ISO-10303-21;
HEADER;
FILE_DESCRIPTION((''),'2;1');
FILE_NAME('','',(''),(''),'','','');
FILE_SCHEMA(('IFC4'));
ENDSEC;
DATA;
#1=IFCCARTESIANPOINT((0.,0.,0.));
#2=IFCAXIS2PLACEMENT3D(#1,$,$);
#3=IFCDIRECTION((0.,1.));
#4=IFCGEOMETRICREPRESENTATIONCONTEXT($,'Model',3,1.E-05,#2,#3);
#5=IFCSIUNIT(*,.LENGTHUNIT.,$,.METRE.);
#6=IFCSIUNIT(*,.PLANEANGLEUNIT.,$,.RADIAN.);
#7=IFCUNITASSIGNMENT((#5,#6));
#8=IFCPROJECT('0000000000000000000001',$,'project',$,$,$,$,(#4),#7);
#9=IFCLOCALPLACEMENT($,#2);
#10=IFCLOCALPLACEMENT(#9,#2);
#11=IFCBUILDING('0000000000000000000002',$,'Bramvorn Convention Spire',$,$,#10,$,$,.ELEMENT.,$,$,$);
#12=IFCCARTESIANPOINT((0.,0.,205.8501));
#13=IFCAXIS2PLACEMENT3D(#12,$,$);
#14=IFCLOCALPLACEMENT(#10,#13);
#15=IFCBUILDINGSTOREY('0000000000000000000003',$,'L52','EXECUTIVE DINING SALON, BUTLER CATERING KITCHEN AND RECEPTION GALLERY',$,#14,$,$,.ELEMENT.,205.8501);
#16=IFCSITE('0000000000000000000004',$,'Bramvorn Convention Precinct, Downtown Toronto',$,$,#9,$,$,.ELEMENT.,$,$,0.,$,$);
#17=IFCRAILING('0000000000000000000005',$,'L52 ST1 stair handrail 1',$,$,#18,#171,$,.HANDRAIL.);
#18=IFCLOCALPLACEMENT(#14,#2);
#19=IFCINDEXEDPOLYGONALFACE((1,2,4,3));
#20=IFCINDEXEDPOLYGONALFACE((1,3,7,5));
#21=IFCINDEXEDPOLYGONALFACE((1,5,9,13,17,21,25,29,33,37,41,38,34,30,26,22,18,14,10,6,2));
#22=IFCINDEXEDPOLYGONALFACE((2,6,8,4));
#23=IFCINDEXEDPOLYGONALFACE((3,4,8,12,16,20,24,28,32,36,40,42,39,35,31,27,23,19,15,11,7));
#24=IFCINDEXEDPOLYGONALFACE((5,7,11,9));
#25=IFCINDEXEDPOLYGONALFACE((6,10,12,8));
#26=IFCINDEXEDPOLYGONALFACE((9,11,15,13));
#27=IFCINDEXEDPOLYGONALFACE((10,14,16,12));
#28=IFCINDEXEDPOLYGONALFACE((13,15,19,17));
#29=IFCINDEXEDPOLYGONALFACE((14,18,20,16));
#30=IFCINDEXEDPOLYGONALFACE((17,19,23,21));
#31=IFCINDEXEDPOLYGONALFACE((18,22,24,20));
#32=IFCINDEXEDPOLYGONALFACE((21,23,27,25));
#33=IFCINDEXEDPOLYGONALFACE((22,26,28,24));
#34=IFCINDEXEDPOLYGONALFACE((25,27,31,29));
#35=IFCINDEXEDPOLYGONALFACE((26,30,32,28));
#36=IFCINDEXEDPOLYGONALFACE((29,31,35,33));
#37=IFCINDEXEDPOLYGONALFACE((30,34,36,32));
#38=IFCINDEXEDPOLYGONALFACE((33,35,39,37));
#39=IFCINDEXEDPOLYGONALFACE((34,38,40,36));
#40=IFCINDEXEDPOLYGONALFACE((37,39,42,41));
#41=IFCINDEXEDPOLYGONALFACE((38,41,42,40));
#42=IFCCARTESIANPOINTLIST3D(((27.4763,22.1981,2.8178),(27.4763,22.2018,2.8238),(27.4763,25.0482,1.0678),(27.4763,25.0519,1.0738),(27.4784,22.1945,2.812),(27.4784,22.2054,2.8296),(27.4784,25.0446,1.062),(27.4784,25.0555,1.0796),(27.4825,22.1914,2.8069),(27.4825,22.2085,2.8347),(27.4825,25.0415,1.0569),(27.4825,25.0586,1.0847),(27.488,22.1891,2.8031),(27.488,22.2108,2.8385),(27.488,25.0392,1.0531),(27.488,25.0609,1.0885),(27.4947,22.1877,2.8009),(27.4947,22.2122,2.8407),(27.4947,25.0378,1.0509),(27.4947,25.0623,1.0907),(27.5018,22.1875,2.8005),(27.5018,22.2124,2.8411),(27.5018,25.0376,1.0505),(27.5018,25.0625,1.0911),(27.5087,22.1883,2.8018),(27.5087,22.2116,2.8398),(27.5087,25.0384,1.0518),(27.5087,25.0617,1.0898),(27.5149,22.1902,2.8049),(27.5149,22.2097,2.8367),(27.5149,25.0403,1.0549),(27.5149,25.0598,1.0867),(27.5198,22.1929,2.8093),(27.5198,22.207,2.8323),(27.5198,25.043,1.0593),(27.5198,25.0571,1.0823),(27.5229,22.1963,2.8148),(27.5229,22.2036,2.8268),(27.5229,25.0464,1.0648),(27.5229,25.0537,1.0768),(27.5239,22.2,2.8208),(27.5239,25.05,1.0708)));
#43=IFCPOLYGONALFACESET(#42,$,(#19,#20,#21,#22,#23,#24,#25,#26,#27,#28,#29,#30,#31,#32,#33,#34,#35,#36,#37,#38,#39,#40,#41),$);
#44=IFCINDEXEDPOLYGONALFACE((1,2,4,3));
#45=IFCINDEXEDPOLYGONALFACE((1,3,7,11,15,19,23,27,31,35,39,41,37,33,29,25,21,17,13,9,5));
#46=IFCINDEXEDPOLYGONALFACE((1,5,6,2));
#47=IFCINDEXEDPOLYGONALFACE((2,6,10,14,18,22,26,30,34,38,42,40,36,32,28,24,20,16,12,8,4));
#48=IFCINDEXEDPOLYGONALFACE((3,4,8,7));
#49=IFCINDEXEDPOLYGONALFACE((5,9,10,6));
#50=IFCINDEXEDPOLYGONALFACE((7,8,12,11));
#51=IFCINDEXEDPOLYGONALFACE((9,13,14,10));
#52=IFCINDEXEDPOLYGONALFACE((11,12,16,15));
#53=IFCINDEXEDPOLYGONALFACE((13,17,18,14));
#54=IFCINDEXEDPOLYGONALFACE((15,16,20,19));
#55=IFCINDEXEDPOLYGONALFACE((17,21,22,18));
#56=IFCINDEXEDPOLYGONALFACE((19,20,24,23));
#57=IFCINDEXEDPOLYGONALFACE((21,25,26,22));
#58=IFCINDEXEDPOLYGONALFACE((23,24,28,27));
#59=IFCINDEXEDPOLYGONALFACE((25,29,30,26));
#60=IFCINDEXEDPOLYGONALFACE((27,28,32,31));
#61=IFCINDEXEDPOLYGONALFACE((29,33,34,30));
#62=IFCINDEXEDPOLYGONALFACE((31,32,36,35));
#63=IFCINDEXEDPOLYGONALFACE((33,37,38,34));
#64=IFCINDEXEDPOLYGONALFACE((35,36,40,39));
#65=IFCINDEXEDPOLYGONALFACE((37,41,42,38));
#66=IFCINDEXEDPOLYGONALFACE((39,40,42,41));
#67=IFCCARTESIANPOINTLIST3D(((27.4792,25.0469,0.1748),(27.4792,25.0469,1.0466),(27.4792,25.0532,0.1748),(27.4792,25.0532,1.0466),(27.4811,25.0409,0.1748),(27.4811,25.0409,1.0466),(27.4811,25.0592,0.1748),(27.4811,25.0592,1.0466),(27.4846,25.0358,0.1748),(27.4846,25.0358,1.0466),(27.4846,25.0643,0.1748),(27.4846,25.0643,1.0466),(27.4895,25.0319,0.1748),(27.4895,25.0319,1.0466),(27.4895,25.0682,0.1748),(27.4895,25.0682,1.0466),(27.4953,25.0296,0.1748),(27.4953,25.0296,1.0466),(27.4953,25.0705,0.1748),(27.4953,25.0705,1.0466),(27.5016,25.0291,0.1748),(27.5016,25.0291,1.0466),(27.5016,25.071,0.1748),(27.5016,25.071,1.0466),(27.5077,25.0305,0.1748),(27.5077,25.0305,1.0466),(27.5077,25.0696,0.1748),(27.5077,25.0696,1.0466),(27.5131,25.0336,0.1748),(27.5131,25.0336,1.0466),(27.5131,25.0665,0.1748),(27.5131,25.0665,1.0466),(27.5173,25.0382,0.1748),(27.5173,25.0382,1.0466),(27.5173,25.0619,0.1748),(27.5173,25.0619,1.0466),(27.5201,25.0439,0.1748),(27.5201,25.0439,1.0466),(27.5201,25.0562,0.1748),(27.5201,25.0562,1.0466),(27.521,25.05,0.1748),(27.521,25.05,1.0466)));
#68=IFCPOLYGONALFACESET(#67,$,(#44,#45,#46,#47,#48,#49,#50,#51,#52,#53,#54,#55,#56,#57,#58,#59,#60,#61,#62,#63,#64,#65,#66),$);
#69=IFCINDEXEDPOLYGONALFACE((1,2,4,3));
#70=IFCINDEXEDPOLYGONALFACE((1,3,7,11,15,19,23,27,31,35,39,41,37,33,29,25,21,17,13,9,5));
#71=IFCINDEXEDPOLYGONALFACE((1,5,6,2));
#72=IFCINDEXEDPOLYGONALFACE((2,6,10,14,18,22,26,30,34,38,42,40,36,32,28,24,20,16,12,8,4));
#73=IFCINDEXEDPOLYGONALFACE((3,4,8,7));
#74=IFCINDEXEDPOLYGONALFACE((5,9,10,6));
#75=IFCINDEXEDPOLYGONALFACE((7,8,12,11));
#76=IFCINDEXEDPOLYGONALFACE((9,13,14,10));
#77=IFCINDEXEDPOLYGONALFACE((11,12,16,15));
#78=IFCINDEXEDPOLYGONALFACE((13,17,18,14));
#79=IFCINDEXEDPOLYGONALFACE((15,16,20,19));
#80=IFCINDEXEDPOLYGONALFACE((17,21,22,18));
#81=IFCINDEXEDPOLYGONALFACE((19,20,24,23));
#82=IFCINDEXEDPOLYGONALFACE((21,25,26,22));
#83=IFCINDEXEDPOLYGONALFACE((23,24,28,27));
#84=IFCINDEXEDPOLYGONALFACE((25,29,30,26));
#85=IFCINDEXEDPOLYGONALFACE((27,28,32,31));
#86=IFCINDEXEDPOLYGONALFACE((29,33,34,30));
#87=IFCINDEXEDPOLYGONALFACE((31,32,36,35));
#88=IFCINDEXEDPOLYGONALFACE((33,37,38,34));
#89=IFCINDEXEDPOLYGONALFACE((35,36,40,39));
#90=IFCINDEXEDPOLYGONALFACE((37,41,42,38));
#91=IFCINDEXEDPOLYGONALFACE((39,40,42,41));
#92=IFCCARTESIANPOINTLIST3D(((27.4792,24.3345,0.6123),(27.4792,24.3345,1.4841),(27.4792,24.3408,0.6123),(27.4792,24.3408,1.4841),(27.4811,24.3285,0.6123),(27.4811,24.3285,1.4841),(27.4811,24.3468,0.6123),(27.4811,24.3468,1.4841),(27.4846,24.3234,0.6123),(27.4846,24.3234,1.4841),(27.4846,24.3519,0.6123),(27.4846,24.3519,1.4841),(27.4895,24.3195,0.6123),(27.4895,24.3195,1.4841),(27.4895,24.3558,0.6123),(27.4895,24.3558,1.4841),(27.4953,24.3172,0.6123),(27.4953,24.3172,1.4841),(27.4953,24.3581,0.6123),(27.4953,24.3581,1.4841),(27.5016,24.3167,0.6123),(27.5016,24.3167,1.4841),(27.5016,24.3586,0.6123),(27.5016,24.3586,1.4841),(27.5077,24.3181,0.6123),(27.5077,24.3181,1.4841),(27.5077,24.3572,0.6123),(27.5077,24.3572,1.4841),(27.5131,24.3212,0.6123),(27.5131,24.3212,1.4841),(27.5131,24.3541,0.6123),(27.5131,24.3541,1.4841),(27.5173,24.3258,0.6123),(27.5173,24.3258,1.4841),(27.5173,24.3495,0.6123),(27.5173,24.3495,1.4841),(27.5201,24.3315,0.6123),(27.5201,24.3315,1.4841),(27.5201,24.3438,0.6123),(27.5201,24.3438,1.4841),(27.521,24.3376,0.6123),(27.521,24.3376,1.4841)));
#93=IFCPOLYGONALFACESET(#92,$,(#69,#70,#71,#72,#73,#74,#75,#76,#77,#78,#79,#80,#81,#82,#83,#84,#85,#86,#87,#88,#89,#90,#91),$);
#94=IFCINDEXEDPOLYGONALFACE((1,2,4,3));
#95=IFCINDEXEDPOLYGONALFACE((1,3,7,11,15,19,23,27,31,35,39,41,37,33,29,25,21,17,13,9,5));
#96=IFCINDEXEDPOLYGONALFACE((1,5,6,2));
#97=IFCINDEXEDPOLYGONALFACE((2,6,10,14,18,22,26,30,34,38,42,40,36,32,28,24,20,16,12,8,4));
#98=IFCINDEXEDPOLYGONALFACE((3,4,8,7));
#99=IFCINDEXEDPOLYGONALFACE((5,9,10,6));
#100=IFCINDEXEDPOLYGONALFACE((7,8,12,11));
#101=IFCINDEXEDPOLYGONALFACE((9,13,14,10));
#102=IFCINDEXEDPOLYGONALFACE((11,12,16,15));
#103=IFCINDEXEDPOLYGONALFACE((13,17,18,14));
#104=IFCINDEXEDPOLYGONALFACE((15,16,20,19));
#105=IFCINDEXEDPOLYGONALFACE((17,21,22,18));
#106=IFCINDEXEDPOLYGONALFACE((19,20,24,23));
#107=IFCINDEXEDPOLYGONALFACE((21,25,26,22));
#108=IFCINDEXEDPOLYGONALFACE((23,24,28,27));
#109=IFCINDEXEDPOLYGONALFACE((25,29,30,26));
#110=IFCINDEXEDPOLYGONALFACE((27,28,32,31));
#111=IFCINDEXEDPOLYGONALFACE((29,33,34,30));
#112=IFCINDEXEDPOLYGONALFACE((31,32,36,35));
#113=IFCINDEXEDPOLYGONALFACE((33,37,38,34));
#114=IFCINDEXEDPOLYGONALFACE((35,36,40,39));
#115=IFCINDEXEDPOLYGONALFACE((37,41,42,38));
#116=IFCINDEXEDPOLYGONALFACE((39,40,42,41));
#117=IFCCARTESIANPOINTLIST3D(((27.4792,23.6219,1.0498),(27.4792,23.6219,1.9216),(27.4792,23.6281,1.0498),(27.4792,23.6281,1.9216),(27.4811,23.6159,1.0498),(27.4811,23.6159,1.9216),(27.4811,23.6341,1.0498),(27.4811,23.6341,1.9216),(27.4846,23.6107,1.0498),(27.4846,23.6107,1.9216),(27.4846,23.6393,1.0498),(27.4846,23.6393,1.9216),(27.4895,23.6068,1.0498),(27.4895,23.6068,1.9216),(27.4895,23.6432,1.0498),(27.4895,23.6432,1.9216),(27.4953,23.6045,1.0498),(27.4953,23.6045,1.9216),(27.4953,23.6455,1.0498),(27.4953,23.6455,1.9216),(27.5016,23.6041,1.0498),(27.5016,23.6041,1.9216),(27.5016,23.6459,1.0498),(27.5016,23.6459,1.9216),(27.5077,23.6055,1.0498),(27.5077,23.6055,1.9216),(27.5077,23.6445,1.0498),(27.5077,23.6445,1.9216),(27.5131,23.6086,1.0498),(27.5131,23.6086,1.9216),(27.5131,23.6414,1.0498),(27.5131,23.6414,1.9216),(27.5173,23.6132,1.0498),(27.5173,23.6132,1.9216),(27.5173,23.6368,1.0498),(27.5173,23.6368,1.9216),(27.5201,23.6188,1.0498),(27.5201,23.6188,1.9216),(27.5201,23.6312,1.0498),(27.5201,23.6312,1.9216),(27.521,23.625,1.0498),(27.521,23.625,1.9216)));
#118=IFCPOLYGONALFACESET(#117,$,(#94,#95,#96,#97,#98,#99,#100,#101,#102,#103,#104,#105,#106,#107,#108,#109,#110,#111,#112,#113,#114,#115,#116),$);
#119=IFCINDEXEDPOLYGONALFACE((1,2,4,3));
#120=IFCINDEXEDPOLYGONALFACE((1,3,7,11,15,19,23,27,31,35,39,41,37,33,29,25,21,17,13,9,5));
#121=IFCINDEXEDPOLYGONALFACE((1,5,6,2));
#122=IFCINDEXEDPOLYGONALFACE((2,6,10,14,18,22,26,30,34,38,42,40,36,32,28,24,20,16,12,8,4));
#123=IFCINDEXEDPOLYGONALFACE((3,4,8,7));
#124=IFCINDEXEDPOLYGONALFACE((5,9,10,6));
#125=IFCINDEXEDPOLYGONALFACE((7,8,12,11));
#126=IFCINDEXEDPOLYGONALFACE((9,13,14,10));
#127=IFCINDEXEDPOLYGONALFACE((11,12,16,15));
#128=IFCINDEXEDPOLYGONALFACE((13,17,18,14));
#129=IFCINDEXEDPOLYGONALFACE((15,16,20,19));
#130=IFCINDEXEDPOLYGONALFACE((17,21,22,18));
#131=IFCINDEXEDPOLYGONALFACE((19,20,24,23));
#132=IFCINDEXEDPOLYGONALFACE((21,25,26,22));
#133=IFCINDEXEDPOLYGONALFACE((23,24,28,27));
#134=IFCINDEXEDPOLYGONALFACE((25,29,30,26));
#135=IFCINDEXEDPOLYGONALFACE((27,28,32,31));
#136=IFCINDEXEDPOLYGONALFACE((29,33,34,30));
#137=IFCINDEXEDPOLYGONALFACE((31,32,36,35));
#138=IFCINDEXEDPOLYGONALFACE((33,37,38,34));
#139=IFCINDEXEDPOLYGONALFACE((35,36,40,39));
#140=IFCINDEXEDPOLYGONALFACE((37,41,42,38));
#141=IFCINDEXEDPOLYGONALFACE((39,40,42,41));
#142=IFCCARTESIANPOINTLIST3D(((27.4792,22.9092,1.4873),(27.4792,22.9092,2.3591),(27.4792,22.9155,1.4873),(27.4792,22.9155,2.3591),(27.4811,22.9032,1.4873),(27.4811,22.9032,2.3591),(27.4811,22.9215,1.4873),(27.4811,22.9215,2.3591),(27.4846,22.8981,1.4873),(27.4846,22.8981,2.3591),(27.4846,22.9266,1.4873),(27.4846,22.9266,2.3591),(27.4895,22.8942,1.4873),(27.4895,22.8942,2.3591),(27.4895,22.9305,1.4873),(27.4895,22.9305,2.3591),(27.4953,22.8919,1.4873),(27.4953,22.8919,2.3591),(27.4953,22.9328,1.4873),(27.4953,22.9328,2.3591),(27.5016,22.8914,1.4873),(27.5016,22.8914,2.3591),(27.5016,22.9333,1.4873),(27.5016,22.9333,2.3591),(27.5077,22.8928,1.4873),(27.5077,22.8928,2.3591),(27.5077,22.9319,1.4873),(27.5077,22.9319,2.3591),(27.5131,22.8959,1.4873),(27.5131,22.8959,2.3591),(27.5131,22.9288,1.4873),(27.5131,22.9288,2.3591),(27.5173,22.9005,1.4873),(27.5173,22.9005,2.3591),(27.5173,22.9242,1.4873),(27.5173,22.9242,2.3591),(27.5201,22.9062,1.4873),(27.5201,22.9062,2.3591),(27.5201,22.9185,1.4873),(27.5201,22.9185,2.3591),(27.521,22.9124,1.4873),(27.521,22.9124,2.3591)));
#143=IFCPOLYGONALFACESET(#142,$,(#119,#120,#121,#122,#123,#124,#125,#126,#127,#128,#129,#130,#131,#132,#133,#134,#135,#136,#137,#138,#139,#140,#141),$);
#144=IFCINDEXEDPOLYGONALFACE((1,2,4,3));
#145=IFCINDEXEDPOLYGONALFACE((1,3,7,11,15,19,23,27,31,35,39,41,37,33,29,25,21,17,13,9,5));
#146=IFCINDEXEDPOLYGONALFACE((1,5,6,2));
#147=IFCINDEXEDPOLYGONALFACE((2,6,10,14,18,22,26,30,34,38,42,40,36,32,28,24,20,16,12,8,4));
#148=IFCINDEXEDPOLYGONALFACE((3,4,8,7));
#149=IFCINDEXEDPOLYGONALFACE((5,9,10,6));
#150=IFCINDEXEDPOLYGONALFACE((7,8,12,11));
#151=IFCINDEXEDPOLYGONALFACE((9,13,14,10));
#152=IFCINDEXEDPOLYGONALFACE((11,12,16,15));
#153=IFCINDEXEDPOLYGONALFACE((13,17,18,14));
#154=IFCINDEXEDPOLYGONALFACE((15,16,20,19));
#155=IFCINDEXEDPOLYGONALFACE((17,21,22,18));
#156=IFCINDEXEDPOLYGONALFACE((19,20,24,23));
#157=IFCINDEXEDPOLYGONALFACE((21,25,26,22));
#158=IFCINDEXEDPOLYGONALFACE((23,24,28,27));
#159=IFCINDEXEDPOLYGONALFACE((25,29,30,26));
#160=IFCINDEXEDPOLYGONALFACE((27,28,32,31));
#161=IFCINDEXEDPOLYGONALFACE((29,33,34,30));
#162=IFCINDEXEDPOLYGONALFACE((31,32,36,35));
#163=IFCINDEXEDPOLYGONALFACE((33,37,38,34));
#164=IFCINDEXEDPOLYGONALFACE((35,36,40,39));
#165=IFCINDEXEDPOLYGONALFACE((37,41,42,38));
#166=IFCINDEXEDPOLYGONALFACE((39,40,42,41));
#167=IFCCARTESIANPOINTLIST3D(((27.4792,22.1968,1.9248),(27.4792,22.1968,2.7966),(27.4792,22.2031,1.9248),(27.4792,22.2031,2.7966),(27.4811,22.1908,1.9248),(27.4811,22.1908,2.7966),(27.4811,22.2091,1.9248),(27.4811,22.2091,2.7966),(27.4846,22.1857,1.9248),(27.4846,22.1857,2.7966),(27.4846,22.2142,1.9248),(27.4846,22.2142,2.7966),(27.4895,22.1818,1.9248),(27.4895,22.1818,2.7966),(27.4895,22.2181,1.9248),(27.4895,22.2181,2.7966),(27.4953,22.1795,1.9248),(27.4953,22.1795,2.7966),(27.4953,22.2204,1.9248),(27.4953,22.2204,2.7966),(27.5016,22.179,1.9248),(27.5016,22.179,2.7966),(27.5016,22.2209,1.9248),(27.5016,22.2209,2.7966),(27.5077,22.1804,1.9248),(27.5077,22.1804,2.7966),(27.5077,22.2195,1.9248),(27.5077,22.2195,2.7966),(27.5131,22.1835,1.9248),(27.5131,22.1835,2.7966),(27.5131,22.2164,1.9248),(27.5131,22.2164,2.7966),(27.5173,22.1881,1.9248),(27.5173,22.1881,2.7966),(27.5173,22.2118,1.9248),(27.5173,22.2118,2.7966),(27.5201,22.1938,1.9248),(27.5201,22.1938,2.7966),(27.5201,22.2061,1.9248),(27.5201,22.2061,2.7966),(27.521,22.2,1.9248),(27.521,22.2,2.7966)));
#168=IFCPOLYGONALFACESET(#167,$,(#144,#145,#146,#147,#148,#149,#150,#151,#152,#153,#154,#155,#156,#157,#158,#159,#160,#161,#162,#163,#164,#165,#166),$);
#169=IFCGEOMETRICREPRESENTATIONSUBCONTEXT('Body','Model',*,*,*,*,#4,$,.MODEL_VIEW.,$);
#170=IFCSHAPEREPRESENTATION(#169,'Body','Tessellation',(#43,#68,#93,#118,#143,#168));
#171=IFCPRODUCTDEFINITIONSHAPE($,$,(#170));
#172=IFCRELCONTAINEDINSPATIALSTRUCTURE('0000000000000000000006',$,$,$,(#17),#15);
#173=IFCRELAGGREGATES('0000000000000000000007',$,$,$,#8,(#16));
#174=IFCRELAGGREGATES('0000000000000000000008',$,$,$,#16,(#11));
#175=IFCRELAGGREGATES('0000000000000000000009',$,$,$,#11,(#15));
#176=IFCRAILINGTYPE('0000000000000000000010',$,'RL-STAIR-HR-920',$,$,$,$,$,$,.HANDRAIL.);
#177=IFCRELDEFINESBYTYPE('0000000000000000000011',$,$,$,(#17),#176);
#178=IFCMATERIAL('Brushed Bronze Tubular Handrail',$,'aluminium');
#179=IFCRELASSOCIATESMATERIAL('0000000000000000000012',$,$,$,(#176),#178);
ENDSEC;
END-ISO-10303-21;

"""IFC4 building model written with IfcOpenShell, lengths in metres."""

from ifc_helpers import new_model, si_unit, direction, frame, origin, origin_2d, place, context, subcontext, project, spatial, circle, extrude, material, type_object, element, save


model = new_model("IFC4")

# Units and contexts
model_context = context("Model", 3, precision=1e-05, world=origin(), true_north=direction((0.0, 1.0)))
body_context = subcontext(model_context, "Body", "Model", "MODEL_VIEW")
ifc_project = project(units=[si_unit("LENGTHUNIT", "METRE"), si_unit("PLANEANGLEUNIT", "RADIAN")], contexts=[model_context])

# Site, building, storey
site_placement = place(None, origin())
site = spatial("IfcSite", under=ifc_project, at=site_placement, Name="Bramvorn Convention Precinct, Downtown Toronto", CompositionType="ELEMENT", RefElevation=0.0)
building_placement = place(site_placement, origin())
building = spatial("IfcBuilding", under=site, at=building_placement, Name="Bramvorn Convention Spire", CompositionType="ELEMENT")
storey_placement = place(building_placement, frame((0.0, 0.0, 205.8501)))
storey = spatial("IfcBuildingStorey", under=building, at=storey_placement, Name="L52", Description="EXECUTIVE DINING SALON, BUTLER CATERING KITCHEN AND RECEPTION GALLERY", CompositionType="ELEMENT", Elevation=205.8501)

# Railing
ifc_material_1 = material(Name="Brushed Bronze Tubular Handrail", Category="aluminium")
railing_type_1 = type_object("IfcRailingType", Name="RL-STAIR-HR-920", PredefinedType="HANDRAIL", material=ifc_material_1)
railing_1_placement = place(storey_placement, frame((27.5, 25.05, 0.1748)))
element("IfcRailing", 1, at=railing_1_placement, inside=storey, type_object=railing_type_1, Name="L52 ST1 stair handrail 1", PredefinedType="HANDRAIL", context=body_context, shape_type="SweptSolid", body=[
    extrude(circle(Radius=0.0239, at=origin_2d()), frame((0.0, 0.0, 0.896), z_axis=(0.0, -0.852179, 0.52325), x_axis=(1.0, 0.0, 0.0)), (0.0, 0.0, 1.0), 3.3445),
    extrude(circle(Radius=0.021, at=origin_2d()), origin(), (0.0, 0.0, 1.0), 0.8718),
    extrude(circle(Radius=0.021, at=origin_2d()), frame((0.0, -0.7124, 0.4375)), (0.0, 0.0, 1.0), 0.8718),
    extrude(circle(Radius=0.021, at=origin_2d()), frame((0.0, -1.425, 0.875)), (0.0, 0.0, 1.0), 0.8718),
    extrude(circle(Radius=0.021, at=origin_2d()), frame((0.0, -2.1377, 1.3125)), (0.0, 0.0, 1.0), 0.8718),
    extrude(circle(Radius=0.021, at=origin_2d()), frame((0.0, -2.8501, 1.75)), (0.0, 0.0, 1.0), 0.8718),
])

save(model, "model.ifc")
